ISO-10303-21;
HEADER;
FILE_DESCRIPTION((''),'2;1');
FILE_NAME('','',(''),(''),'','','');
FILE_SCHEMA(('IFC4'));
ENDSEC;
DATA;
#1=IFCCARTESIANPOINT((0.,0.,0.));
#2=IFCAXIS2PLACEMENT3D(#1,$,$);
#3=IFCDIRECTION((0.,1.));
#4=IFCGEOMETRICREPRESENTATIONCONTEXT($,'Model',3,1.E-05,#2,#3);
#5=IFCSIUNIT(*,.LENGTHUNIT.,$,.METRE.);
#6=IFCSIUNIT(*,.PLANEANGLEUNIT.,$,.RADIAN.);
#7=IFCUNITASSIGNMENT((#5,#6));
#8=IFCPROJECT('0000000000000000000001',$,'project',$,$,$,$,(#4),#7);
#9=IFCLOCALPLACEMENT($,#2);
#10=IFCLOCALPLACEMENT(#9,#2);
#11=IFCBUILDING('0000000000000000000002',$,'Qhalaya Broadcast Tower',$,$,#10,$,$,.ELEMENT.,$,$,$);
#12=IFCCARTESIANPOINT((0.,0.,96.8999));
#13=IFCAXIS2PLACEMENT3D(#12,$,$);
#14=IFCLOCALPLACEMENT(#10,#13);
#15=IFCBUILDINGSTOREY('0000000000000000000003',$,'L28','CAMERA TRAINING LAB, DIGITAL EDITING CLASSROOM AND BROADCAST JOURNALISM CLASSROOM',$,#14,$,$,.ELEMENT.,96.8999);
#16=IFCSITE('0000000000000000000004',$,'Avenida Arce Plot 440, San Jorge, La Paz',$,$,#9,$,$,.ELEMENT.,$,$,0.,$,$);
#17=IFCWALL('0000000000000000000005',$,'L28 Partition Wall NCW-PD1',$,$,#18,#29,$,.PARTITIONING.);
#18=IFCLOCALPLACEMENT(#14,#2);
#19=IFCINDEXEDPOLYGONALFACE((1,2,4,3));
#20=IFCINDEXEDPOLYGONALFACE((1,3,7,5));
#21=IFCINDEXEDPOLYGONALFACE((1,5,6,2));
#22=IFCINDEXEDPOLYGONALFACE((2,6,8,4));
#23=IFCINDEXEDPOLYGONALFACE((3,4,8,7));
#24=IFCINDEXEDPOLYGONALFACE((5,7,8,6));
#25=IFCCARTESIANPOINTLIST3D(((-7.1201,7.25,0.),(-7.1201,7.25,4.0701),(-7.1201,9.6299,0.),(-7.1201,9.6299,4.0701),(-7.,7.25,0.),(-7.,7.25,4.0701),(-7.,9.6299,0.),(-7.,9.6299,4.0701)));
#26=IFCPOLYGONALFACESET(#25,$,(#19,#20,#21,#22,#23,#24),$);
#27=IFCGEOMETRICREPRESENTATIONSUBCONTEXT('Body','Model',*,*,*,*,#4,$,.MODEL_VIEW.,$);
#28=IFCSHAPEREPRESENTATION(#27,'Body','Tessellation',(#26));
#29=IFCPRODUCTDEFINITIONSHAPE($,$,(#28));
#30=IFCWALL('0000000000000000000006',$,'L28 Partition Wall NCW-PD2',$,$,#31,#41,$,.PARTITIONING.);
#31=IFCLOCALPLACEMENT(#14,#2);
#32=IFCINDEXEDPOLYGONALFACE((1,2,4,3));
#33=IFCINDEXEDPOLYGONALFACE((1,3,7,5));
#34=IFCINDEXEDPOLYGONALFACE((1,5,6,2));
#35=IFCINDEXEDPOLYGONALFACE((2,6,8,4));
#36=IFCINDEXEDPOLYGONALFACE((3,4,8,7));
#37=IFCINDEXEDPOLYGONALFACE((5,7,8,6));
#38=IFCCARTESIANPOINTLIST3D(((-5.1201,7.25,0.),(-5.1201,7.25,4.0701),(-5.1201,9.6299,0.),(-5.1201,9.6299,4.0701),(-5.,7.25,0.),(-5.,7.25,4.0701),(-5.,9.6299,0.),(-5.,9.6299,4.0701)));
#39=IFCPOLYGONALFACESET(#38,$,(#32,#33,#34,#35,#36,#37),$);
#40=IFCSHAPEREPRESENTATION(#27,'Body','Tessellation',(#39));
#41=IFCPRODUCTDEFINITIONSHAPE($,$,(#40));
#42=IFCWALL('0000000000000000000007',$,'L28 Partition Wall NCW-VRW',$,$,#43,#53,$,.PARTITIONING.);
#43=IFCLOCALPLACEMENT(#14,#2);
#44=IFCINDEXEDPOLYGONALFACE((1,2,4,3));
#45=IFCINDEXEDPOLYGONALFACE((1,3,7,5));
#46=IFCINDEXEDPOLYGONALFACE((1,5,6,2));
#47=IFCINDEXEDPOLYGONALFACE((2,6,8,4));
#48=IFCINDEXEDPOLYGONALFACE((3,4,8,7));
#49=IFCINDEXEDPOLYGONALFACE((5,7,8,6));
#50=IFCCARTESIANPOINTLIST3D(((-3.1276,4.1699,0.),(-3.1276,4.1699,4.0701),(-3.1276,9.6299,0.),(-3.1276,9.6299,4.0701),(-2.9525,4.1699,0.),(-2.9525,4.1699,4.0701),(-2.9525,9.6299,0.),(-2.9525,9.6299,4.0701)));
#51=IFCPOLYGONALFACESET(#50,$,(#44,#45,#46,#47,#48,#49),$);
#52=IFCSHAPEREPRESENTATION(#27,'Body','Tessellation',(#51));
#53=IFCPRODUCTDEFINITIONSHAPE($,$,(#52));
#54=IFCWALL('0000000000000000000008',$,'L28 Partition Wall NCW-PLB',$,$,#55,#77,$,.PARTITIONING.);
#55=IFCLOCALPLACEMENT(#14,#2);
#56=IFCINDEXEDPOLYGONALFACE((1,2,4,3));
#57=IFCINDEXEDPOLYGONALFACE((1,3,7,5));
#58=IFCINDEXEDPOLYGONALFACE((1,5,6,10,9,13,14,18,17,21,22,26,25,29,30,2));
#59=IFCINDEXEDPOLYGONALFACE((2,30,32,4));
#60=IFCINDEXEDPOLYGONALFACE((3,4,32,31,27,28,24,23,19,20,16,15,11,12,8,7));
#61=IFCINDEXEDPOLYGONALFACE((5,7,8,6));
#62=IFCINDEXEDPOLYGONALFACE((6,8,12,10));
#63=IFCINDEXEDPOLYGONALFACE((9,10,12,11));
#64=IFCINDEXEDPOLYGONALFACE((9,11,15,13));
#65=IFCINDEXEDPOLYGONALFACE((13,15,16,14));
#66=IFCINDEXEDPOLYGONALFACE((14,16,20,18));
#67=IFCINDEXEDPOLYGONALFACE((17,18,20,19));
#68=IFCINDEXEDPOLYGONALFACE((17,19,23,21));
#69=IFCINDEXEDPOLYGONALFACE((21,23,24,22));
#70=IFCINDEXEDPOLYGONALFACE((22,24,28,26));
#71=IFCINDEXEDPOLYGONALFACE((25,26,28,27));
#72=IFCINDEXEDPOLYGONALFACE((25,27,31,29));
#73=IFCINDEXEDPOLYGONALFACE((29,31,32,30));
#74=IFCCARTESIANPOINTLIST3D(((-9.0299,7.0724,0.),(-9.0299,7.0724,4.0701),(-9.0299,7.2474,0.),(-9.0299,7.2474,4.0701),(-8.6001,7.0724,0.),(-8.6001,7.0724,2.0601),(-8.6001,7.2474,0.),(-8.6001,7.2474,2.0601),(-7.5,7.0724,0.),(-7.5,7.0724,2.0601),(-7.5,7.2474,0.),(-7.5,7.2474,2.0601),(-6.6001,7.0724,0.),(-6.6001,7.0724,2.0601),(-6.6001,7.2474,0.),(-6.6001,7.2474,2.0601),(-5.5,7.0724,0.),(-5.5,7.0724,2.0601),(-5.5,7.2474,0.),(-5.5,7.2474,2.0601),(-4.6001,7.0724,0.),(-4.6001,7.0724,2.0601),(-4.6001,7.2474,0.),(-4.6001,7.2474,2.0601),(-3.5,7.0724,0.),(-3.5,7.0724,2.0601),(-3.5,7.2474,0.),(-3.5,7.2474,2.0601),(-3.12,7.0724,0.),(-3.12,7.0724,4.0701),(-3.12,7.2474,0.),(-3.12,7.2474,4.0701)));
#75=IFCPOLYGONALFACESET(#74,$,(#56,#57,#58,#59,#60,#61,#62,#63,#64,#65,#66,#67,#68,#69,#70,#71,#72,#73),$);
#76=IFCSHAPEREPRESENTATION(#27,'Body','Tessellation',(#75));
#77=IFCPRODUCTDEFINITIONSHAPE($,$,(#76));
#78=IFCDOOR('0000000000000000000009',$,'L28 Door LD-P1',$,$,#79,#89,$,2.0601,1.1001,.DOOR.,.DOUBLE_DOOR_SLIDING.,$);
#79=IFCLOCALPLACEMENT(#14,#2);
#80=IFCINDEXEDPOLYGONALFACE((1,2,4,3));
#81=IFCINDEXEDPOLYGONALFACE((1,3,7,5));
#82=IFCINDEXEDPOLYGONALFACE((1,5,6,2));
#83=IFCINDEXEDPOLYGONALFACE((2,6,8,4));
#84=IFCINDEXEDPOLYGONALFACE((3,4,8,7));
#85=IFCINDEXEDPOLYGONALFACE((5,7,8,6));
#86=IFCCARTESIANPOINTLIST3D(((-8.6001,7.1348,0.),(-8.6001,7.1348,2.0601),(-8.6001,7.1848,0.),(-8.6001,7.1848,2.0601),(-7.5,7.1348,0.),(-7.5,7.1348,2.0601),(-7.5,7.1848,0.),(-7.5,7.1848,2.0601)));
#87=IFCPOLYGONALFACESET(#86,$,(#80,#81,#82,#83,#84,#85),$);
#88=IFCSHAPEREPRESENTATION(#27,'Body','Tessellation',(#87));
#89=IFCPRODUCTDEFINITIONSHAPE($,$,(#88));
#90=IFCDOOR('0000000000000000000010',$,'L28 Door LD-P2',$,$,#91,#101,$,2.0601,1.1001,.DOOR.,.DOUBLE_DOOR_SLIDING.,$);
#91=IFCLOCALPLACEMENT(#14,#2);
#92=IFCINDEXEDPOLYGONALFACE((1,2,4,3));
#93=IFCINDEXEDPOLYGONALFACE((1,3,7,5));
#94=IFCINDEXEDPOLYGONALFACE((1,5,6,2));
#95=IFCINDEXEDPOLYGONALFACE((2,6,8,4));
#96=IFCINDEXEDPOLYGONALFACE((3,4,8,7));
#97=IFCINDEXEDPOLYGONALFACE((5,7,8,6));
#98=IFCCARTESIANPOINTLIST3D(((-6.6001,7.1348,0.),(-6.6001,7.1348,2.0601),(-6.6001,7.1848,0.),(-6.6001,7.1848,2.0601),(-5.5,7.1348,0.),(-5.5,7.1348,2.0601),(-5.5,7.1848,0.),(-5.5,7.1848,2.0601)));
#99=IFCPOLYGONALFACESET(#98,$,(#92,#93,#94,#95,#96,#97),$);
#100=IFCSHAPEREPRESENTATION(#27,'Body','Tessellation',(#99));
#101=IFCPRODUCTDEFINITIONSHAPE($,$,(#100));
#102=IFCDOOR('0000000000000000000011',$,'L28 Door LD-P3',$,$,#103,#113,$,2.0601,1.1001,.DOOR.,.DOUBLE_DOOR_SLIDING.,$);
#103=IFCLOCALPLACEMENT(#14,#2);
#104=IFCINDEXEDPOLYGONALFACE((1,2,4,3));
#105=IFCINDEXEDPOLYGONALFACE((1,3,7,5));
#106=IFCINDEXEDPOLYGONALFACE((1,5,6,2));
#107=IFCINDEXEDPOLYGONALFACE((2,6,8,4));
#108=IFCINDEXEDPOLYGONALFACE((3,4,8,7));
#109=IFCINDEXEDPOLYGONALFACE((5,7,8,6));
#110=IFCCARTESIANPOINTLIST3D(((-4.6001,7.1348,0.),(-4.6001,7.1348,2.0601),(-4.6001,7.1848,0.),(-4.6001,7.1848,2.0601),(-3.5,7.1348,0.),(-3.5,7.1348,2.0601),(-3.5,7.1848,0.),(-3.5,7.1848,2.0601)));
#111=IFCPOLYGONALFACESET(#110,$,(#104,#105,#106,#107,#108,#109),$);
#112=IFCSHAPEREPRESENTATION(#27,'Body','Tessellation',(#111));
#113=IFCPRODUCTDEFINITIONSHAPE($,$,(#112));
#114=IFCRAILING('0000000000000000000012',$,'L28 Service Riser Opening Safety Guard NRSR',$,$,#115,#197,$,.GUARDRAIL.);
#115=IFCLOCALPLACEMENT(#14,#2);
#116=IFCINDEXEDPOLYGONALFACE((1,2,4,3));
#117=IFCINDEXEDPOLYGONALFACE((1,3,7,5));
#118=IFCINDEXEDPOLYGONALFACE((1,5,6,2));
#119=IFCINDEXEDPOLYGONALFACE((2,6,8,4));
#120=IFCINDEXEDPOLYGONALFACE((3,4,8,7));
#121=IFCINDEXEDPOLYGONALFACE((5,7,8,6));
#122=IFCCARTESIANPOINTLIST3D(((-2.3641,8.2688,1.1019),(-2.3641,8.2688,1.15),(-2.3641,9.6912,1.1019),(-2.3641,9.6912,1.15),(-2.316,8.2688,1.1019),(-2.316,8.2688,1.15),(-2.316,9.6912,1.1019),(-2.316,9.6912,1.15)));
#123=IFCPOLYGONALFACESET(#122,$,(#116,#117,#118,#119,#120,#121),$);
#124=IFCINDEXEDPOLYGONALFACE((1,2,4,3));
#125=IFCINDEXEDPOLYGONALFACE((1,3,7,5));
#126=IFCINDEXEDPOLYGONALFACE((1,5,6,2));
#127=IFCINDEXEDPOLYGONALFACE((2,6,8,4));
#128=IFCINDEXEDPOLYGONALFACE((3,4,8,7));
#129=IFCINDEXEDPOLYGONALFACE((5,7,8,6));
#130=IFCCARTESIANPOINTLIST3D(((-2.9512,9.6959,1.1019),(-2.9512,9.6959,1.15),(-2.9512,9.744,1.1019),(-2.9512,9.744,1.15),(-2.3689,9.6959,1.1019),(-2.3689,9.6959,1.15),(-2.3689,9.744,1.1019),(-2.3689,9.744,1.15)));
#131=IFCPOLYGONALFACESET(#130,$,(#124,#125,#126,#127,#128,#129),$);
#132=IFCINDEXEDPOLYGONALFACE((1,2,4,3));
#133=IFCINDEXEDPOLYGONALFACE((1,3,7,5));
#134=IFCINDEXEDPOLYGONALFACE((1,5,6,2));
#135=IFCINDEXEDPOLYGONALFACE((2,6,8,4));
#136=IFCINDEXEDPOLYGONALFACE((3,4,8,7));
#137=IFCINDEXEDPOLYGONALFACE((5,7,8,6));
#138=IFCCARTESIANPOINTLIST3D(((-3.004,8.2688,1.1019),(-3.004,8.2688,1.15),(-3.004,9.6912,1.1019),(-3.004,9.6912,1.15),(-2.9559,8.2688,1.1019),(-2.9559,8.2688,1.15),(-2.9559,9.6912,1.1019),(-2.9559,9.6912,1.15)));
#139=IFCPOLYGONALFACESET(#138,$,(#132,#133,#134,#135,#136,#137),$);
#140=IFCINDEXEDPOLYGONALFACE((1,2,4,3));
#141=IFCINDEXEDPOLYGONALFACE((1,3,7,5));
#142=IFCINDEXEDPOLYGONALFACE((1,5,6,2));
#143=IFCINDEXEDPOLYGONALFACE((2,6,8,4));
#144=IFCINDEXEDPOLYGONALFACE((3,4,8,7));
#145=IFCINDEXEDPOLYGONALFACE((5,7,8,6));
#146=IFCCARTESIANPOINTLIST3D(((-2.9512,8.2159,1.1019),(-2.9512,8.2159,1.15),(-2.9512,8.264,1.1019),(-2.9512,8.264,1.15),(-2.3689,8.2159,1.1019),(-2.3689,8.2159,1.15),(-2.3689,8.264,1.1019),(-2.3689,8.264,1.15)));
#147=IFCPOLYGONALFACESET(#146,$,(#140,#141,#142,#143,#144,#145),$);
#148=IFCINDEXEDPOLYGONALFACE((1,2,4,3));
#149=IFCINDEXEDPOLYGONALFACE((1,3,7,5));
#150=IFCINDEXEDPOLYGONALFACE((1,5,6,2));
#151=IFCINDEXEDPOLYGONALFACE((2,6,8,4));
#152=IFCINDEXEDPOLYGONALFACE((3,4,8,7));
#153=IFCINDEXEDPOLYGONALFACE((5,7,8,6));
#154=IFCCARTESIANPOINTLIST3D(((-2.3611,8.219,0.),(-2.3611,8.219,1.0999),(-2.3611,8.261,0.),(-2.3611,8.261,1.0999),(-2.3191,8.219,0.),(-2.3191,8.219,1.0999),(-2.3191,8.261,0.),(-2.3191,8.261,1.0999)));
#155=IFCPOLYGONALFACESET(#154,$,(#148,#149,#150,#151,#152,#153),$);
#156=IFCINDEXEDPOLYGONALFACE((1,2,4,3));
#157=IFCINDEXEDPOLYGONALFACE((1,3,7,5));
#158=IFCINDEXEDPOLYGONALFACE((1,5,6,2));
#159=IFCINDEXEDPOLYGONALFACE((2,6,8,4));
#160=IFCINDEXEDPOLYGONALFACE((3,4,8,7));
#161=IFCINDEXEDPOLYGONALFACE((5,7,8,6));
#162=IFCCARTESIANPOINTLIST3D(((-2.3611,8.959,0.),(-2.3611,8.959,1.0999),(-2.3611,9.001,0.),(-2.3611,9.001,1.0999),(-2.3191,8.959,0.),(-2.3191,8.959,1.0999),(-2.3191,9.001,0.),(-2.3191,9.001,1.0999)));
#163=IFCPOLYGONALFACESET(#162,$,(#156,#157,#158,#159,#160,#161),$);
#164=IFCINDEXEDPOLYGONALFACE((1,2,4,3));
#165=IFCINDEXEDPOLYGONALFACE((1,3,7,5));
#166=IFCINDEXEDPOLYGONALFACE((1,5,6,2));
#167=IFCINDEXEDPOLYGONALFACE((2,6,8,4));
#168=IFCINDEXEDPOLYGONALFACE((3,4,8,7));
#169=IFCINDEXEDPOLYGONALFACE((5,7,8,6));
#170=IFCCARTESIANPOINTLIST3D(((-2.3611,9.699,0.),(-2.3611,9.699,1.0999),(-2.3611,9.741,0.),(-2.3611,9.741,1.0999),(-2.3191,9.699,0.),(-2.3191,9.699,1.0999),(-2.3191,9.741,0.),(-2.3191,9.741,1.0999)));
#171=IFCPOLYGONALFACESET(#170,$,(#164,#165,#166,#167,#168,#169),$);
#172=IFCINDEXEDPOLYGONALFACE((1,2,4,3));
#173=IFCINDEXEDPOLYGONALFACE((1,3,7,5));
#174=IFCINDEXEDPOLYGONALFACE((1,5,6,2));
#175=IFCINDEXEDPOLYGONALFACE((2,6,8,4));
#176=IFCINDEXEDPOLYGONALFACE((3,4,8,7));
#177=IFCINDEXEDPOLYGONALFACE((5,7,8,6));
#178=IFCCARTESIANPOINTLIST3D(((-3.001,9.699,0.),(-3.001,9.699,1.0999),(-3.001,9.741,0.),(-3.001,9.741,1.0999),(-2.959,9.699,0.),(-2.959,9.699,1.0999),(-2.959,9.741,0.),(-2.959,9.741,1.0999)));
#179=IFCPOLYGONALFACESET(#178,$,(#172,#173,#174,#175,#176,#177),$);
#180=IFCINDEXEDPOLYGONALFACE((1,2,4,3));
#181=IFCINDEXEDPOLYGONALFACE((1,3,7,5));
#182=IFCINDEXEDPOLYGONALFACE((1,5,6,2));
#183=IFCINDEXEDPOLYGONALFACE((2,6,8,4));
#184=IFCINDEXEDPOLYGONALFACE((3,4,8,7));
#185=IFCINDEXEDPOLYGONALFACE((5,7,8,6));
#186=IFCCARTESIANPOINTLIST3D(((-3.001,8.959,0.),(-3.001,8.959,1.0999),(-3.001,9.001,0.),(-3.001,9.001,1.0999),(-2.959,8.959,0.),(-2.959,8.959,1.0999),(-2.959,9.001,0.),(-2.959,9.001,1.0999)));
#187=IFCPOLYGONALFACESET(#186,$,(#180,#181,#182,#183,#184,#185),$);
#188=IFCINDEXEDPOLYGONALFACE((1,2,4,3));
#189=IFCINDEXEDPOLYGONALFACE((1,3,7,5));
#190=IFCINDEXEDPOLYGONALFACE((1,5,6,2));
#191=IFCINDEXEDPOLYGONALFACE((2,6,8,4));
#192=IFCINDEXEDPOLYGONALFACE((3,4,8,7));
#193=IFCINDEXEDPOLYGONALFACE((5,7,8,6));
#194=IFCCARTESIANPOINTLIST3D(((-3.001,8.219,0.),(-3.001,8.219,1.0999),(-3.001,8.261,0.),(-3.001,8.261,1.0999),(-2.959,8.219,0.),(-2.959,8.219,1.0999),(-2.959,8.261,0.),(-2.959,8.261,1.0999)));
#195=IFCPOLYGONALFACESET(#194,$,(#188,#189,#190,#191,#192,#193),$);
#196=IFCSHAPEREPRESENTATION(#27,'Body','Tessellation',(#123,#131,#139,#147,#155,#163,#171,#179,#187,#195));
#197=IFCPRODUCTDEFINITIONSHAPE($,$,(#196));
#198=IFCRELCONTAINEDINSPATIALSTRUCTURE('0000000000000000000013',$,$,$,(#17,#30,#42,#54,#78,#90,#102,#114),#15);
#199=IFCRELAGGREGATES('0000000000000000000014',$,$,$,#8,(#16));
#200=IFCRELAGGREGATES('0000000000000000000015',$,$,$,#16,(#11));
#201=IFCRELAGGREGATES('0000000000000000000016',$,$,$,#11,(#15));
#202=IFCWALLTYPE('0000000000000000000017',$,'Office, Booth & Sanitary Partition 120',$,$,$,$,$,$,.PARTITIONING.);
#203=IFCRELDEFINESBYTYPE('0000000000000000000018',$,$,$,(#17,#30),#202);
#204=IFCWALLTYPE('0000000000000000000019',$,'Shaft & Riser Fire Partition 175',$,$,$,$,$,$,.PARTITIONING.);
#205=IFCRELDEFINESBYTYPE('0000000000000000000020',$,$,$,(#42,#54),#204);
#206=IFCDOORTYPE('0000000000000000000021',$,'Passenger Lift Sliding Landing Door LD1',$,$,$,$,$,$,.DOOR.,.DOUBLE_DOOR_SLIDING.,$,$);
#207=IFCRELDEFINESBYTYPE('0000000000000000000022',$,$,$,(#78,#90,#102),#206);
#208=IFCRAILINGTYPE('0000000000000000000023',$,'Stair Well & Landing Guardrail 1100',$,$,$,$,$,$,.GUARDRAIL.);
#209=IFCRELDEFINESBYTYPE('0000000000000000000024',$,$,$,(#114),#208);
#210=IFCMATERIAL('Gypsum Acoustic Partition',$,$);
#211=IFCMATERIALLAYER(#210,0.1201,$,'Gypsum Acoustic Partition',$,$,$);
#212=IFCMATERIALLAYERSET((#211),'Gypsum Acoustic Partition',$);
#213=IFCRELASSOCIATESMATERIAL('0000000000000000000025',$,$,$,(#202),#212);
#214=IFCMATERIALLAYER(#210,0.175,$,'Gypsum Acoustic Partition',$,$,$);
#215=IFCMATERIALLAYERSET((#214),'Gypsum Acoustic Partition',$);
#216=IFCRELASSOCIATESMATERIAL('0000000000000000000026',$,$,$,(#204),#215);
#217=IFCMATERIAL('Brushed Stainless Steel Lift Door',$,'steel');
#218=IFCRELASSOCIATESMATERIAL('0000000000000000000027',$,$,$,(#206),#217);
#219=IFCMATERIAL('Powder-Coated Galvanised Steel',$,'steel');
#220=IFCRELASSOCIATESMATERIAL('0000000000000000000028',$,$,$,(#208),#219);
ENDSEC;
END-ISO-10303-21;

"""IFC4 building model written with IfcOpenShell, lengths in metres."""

from ifc_helpers import new_model, si_unit, direction, frame, frame_2d, origin, origin_2d, place, context, subcontext, project, spatial, rectangle, extrude, material, layer, layer_set, type_object, element, fill, save


model = new_model("IFC4")

# Units and contexts
model_context = context("Model", 3, precision=1e-05, world=origin(), true_north=direction((0.0, 1.0)))
body_context = subcontext(model_context, "Body", "Model", "MODEL_VIEW")
ifc_project = project(units=[si_unit("LENGTHUNIT", "METRE"), si_unit("PLANEANGLEUNIT", "RADIAN")], contexts=[model_context])

# Site, building, storey
site_placement = place(None, origin())
site = spatial("IfcSite", under=ifc_project, at=site_placement, Name="Avenida Arce Plot 440, San Jorge, La Paz", CompositionType="ELEMENT", RefElevation=0.0)
building_placement = place(site_placement, origin())
building = spatial("IfcBuilding", under=site, at=building_placement, Name="Qhalaya Broadcast Tower", CompositionType="ELEMENT")
storey_placement = place(building_placement, frame((0.0, 0.0, 96.8999)))
storey = spatial("IfcBuildingStorey", under=building, at=storey_placement, Name="L28", Description="CAMERA TRAINING LAB, DIGITAL EDITING CLASSROOM AND BROADCAST JOURNALISM CLASSROOM", CompositionType="ELEMENT", Elevation=96.8999)

# Shared definitions
ifc_material_1 = material(Name="Gypsum Acoustic Partition")

# Walls
ifc_layer_1 = layer(ifc_material_1, 0.1201, Name="Gypsum Acoustic Partition")
ifc_layer_set_1 = layer_set([ifc_layer_1], Name="Gypsum Acoustic Partition")
wall_type_1 = type_object("IfcWallType", Name="Office, Booth & Sanitary Partition 120", PredefinedType="PARTITIONING", material=ifc_layer_set_1)
for number, where, z_axis, x_axis, name in (
    (1, (-7.0601, 7.25, 0.0), (0.0, 0.0, 1.0), (0.0, 1.0, 0.0), "L28 Partition Wall NCW-PD1"),
    (2, (-5.0601, 7.25, 0.0), (0.0, 0.0, 1.0), (0.0, 1.0, 0.0), "L28 Partition Wall NCW-PD2"),
):
    element("IfcWall", number, at=place(storey_placement, frame(where, z_axis=z_axis, x_axis=x_axis)), inside=storey, type_object=wall_type_1, Name=name, PredefinedType="PARTITIONING", context=body_context, shape_type="SweptSolid", body=[
        extrude(rectangle(XDim=2.3799, YDim=0.1201, at=frame_2d((1.1899, 0.0))), origin(), (0.0, 0.0, 1.0), 4.0701),
    ])
ifc_layer_2 = layer(ifc_material_1, 0.175, Name="Gypsum Acoustic Partition")
ifc_layer_set_2 = layer_set([ifc_layer_2], Name="Gypsum Acoustic Partition")
wall_type_2 = type_object("IfcWallType", Name="Shaft & Riser Fire Partition 175", PredefinedType="PARTITIONING", material=ifc_layer_set_2)
wall_1_placement = place(storey_placement, frame((-3.04, 4.1699, 0.0), z_axis=(0.0, 0.0, 1.0), x_axis=(0.0, 1.0, 0.0)))
element("IfcWall", 3, at=wall_1_placement, inside=storey, type_object=wall_type_2, Name="L28 Partition Wall NCW-VRW", PredefinedType="PARTITIONING", context=body_context, shape_type="SweptSolid", body=[
    extrude(rectangle(XDim=5.46, YDim=0.175, at=frame_2d((2.73, 0.0))), origin(), (0.0, 0.0, 1.0), 4.0701),
])

# Wall, openings, doors
wall_2_placement = place(storey_placement, frame((-9.03, 7.1599, 0.0), z_axis=(0.0, 0.0, 1.0), x_axis=(1.0, 0.0, 0.0)))
wall_2 = element("IfcWall", 4, at=wall_2_placement, inside=storey, type_object=wall_type_2, Name="L28 Partition Wall NCW-PLB", PredefinedType="PARTITIONING", context=body_context, shape_type="SweptSolid", body=[
    extrude(rectangle(XDim=5.9099, YDim=0.175, at=frame_2d((2.9551, 0.0))), origin(), (0.0, 0.0, 1.0), 4.0701),
])
opening_1_placement = place(wall_2_placement, frame((0.4299, 0.0, 0.0)))
opening_1 = element("IfcOpeningElement", 5, at=opening_1_placement, cuts=wall_2, PredefinedType="OPENING", context=body_context, shape_type="SweptSolid", body=[
    extrude(rectangle(XDim=1.1001, YDim=2.0601, at=frame_2d((0.55, 1.03))), frame((0.0, 0.0996, 0.0), z_axis=(0.0, -1.0, 0.0), x_axis=(1.0, 0.0, 0.0)), (0.0, 0.0, 1.0), 0.199),
])
opening_2_placement = place(wall_2_placement, frame((2.4299, 0.0, 0.0)))
opening_2 = element("IfcOpeningElement", 6, at=opening_2_placement, cuts=wall_2, PredefinedType="OPENING", context=body_context, shape_type="SweptSolid", body=[
    extrude(rectangle(XDim=1.1001, YDim=2.0601, at=frame_2d((0.55, 1.03))), frame((0.0, 0.0996, 0.0), z_axis=(0.0, -1.0, 0.0), x_axis=(1.0, 0.0, 0.0)), (0.0, 0.0, 1.0), 0.199),
])
opening_3_placement = place(wall_2_placement, frame((4.4299, 0.0, 0.0)))
opening_3 = element("IfcOpeningElement", 7, at=opening_3_placement, cuts=wall_2, PredefinedType="OPENING", context=body_context, shape_type="SweptSolid", body=[
    extrude(rectangle(XDim=1.1001, YDim=2.0601, at=frame_2d((0.55, 1.03))), frame((0.0, 0.0996, 0.0), z_axis=(0.0, -1.0, 0.0), x_axis=(1.0, 0.0, 0.0)), (0.0, 0.0, 1.0), 0.199),
])
ifc_material_2 = material(Name="Brushed Stainless Steel Lift Door", Category="steel")
door_type_1 = type_object("IfcDoorType", Name="Passenger Lift Sliding Landing Door LD1", OperationType="DOUBLE_DOOR_SLIDING", PredefinedType="DOOR", material=ifc_material_2)
door_1_placement = place(opening_1_placement, origin())
door_1 = element("IfcDoor", 8, at=door_1_placement, inside=storey, type_object=door_type_1, Name="L28 Door LD-P1", OperationType="DOUBLE_DOOR_SLIDING", OverallHeight=2.0601, OverallWidth=1.1001, PredefinedType="DOOR", context=body_context, shape_type="SweptSolid", body=[
    extrude(rectangle(XDim=1.1001, YDim=2.0601, at=frame_2d((0.55, 1.03))), frame((0.0, 0.0249, 0.0), z_axis=(0.0, -1.0, 0.0), x_axis=(1.0, 0.0, 0.0)), (0.0, 0.0, 1.0), 0.05),
])
fill(opening_1, door_1)
door_2_placement = place(opening_2_placement, origin())
door_2 = element("IfcDoor", 9, at=door_2_placement, inside=storey, type_object=door_type_1, Name="L28 Door LD-P2", OperationType="DOUBLE_DOOR_SLIDING", OverallHeight=2.0601, OverallWidth=1.1001, PredefinedType="DOOR", context=body_context, shape_type="SweptSolid", body=[
    extrude(rectangle(XDim=1.1001, YDim=2.0601, at=frame_2d((0.55, 1.03))), frame((0.0, 0.0249, 0.0), z_axis=(0.0, -1.0, 0.0), x_axis=(1.0, 0.0, 0.0)), (0.0, 0.0, 1.0), 0.05),
])
fill(opening_2, door_2)
door_3_placement = place(opening_3_placement, origin())
door_3 = element("IfcDoor", 10, at=door_3_placement, inside=storey, type_object=door_type_1, Name="L28 Door LD-P3", OperationType="DOUBLE_DOOR_SLIDING", OverallHeight=2.0601, OverallWidth=1.1001, PredefinedType="DOOR", context=body_context, shape_type="SweptSolid", body=[
    extrude(rectangle(XDim=1.1001, YDim=2.0601, at=frame_2d((0.55, 1.03))), frame((0.0, 0.0249, 0.0), z_axis=(0.0, -1.0, 0.0), x_axis=(1.0, 0.0, 0.0)), (0.0, 0.0, 1.0), 0.05),
])
fill(opening_3, door_3)

# Railing
ifc_material_3 = material(Name="Powder-Coated Galvanised Steel", Category="steel")
railing_type = type_object("IfcRailingType", Name="Stair Well & Landing Guardrail 1100", PredefinedType="GUARDRAIL", material=ifc_material_3)
railing_placement = place(storey_placement, frame((-2.3401, 8.24, 0.0)))
element("IfcRailing", 11, at=railing_placement, inside=storey, type_object=railing_type, Name="L28 Service Riser Opening Safety Guard NRSR", PredefinedType="GUARDRAIL", context=body_context, shape_type="SweptSolid", body=[
    extrude(rectangle(XDim=0.0481, YDim=0.0481, at=origin_2d()), frame((0.0, 0.0288, 1.126), z_axis=(0.0, 1.0, 0.0), x_axis=(-1.0, 0.0, 0.0)), (0.0, 0.0, 1.0), 1.4224),
    extrude(rectangle(XDim=0.0481, YDim=0.0481, at=origin_2d()), frame((-0.0288, 1.48, 1.126), z_axis=(-1.0, 0.0, 0.0), x_axis=(0.0, -1.0, 0.0)), (0.0, 0.0, 1.0), 0.5823),
    extrude(rectangle(XDim=0.0481, YDim=0.0481, at=origin_2d()), frame((-0.6399, 1.4512, 1.126), z_axis=(0.0, -1.0, 0.0), x_axis=(1.0, 0.0, 0.0)), (0.0, 0.0, 1.0), 1.4224),
    extrude(rectangle(XDim=0.0481, YDim=0.0481, at=origin_2d()), frame((-0.6111, 0.0, 1.126), z_axis=(1.0, 0.0, 0.0), x_axis=(0.0, 1.0, 0.0)), (0.0, 0.0, 1.0), 0.5823),
    extrude(rectangle(XDim=0.042, YDim=0.042, at=origin_2d()), origin(), (0.0, 0.0, 1.0), 1.0999),
    extrude(rectangle(XDim=0.042, YDim=0.042, at=origin_2d()), frame((0.0, 0.74, 0.0)), (0.0, 0.0, 1.0), 1.0999),
    extrude(rectangle(XDim=0.042, YDim=0.042, at=origin_2d()), frame((0.0, 1.48, 0.0)), (0.0, 0.0, 1.0), 1.0999),
    extrude(rectangle(XDim=0.042, YDim=0.042, at=origin_2d()), frame((-0.6399, 1.48, 0.0)), (0.0, 0.0, 1.0), 1.0999),
    extrude(rectangle(XDim=0.042, YDim=0.042, at=origin_2d()), frame((-0.6399, 0.74, 0.0)), (0.0, 0.0, 1.0), 1.0999),
    extrude(rectangle(XDim=0.042, YDim=0.042, at=origin_2d()), frame((-0.6399, 0.0, 0.0)), (0.0, 0.0, 1.0), 1.0999),
])

save(model, "model.ifc")
